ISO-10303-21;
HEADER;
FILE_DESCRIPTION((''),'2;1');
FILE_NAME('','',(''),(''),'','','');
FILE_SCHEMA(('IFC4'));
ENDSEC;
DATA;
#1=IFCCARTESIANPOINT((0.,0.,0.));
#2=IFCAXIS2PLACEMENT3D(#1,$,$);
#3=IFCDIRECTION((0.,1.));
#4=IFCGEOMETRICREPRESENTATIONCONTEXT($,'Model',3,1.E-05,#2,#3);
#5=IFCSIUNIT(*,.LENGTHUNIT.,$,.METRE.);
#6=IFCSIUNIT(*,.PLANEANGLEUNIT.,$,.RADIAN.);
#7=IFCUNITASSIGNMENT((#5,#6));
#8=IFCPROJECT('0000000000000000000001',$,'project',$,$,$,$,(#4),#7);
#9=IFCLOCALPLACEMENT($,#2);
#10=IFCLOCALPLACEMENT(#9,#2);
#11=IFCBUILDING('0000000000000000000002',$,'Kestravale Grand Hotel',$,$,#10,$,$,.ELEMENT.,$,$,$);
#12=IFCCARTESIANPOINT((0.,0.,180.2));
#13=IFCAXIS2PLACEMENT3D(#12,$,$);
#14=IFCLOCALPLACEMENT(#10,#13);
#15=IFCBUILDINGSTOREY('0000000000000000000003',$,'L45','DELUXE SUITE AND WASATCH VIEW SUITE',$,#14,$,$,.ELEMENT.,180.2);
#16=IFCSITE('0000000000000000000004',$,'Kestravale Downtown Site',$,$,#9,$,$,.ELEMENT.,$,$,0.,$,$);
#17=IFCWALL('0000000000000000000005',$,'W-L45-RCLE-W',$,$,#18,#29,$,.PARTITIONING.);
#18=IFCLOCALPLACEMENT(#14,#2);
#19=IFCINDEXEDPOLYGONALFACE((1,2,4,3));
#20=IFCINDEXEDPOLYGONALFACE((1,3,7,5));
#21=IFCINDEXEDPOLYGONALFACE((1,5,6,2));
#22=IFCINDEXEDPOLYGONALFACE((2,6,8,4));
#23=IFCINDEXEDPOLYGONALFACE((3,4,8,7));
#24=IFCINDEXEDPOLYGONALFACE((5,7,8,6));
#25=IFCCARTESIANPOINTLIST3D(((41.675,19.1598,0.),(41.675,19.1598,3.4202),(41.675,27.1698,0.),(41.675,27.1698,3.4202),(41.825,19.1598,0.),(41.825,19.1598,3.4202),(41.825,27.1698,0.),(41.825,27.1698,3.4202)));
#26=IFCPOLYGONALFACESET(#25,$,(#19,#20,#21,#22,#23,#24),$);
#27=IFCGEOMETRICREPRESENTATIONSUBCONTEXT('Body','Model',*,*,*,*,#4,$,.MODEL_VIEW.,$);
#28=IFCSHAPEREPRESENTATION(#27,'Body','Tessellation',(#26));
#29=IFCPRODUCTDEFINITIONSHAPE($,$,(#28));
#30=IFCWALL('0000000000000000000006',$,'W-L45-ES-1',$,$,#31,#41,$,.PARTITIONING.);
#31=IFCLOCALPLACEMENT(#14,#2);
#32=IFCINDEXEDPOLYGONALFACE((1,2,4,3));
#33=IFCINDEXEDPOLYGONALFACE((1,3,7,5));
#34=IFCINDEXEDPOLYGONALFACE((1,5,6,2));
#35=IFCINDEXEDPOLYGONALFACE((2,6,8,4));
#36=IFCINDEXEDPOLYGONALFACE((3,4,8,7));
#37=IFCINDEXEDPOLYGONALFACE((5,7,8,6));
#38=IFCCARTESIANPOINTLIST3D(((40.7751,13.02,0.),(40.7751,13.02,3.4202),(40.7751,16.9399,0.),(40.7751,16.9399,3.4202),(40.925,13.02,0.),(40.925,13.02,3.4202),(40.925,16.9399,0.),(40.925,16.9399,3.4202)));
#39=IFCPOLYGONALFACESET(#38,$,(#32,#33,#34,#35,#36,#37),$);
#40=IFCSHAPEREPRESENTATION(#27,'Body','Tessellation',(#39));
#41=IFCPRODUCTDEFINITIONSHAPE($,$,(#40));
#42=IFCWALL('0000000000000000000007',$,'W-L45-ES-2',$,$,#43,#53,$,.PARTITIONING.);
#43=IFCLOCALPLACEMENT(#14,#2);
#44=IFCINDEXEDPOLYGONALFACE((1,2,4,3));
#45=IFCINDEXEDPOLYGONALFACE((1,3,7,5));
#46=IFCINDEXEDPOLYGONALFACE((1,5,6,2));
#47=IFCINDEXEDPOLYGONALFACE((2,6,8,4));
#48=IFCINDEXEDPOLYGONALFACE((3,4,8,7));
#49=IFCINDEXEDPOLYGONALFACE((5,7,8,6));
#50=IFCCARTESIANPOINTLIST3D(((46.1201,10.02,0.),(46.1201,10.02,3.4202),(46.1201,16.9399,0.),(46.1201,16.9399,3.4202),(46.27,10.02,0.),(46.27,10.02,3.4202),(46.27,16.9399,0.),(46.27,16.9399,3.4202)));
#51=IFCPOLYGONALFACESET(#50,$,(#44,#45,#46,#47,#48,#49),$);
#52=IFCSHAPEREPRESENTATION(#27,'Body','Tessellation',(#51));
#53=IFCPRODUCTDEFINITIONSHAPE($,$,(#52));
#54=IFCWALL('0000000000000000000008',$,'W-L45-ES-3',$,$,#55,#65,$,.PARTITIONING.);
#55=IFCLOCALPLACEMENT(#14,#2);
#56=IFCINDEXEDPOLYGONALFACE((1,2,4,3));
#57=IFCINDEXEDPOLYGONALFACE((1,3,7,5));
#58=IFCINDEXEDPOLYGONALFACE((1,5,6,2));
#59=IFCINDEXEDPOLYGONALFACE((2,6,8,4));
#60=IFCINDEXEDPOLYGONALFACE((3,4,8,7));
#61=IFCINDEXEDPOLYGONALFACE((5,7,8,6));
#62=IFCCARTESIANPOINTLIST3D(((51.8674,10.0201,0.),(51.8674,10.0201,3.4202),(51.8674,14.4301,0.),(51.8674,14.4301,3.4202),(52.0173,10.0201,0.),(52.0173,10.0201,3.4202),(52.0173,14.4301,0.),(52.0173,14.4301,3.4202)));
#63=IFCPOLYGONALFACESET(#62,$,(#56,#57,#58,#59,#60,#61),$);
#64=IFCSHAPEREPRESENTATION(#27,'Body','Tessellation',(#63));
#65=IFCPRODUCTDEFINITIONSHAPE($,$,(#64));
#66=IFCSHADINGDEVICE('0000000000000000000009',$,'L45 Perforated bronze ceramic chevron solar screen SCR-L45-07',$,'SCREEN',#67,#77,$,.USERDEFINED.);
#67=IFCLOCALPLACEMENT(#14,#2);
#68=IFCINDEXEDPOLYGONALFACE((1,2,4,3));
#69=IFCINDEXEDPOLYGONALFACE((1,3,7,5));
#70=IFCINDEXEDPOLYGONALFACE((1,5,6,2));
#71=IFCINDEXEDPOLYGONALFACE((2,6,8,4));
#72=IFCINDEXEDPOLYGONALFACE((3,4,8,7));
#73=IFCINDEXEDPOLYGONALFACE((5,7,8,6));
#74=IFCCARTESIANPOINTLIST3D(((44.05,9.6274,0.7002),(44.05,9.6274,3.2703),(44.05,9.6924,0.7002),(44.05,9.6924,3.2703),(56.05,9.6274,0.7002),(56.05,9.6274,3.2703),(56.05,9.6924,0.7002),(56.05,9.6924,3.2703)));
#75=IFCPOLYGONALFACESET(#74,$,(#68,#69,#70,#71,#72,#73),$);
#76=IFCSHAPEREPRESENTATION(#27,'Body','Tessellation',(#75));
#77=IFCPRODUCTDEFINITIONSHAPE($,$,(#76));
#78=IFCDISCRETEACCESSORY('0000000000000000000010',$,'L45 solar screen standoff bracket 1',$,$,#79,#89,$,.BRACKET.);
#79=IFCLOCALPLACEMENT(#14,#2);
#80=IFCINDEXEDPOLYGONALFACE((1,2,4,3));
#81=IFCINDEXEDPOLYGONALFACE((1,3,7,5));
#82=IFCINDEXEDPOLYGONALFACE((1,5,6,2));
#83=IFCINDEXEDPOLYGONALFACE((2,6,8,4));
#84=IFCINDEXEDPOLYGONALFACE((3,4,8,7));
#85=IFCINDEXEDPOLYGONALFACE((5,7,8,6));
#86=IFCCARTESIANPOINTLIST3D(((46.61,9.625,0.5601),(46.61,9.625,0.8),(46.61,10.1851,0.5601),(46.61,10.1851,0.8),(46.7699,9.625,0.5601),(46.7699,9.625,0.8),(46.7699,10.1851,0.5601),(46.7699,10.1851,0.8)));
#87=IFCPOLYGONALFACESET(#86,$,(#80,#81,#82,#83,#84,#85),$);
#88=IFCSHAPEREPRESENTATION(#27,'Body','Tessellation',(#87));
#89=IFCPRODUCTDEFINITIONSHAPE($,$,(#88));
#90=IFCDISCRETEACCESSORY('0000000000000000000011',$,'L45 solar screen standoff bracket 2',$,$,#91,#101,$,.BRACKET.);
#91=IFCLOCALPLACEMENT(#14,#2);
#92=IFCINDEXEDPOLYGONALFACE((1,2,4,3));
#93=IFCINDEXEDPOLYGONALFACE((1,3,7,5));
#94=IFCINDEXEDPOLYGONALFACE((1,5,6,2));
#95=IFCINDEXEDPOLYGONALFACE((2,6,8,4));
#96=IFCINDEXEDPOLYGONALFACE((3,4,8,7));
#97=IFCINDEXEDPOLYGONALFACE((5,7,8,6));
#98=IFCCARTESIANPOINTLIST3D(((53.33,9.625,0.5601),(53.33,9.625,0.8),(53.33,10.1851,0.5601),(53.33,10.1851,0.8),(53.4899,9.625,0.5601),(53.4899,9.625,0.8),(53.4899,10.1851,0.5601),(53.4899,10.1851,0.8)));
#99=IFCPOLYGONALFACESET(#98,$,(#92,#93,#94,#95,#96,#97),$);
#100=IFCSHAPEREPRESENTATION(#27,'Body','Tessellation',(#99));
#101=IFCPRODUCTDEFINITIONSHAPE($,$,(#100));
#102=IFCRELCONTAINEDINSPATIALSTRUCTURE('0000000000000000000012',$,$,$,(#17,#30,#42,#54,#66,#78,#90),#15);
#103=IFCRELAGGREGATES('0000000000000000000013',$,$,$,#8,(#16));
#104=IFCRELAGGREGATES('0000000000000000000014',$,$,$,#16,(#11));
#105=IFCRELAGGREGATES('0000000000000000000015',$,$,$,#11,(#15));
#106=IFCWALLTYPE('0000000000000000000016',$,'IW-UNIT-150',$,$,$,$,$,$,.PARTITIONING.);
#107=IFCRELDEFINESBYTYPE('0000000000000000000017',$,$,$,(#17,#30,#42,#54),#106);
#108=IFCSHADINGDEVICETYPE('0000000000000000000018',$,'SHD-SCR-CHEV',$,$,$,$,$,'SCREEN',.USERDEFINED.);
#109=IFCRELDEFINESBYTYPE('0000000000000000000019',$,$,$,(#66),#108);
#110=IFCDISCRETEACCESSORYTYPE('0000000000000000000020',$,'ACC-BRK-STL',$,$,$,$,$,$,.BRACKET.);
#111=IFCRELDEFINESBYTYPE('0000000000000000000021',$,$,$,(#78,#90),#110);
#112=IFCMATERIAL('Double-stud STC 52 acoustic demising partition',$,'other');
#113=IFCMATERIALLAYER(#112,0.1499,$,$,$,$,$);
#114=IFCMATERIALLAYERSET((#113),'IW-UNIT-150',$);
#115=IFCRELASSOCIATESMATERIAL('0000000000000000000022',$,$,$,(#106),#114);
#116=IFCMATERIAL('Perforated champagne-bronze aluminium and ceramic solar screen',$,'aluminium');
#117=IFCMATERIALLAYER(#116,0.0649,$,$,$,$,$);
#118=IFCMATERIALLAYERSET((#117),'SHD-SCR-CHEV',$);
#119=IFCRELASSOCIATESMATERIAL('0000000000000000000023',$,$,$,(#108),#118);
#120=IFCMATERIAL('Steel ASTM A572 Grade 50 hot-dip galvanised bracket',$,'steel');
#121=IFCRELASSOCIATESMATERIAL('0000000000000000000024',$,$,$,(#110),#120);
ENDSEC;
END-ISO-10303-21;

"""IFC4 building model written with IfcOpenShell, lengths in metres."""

from ifc_helpers import new_model, si_unit, direction, frame, frame_2d, origin, origin_2d, place, context, subcontext, project, spatial, rectangle, extrude, material, layer, layer_set, type_object, element, save


model = new_model("IFC4")

# Units and contexts
model_context = context("Model", 3, precision=1e-05, world=origin(), true_north=direction((0.0, 1.0)))
body_context = subcontext(model_context, "Body", "Model", "MODEL_VIEW")
ifc_project = project(units=[si_unit("LENGTHUNIT", "METRE"), si_unit("PLANEANGLEUNIT", "RADIAN")], contexts=[model_context])

# Site, building, storey
site_placement = place(None, origin())
site = spatial("IfcSite", under=ifc_project, at=site_placement, Name="Kestravale Downtown Site", CompositionType="ELEMENT", RefElevation=0.0)
building_placement = place(site_placement, origin())
building = spatial("IfcBuilding", under=site, at=building_placement, Name="Kestravale Grand Hotel", CompositionType="ELEMENT")
storey_placement = place(building_placement, frame((0.0, 0.0, 180.2)))
storey = spatial("IfcBuildingStorey", under=building, at=storey_placement, Name="L45", Description="DELUXE SUITE AND WASATCH VIEW SUITE", CompositionType="ELEMENT", Elevation=180.2)

# Walls
ifc_material_1 = material(Name="Double-stud STC 52 acoustic demising partition", Category="other")
ifc_layer_1 = layer(ifc_material_1, 0.1499)
ifc_layer_set_1 = layer_set([ifc_layer_1], Name="IW-UNIT-150")
wall_type_1 = type_object("IfcWallType", Name="IW-UNIT-150", PredefinedType="PARTITIONING", material=ifc_layer_set_1)
wall_1_placement = place(storey_placement, frame((41.75, 19.1599, 0.0), z_axis=(0.0, 0.0, 1.0), x_axis=(0.0, 1.0, 0.0)))
element("IfcWall", 1, at=wall_1_placement, inside=storey, type_object=wall_type_1, Name="W-L45-RCLE-W", PredefinedType="PARTITIONING", context=body_context, shape_type="SweptSolid", body=[
    extrude(rectangle(XDim=8.01, YDim=0.1499, at=frame_2d((4.0049, 0.0))), origin(), (0.0, 0.0, 1.0), 3.4202),
])
wall_2_placement = place(storey_placement, frame((40.8501, 13.02, 0.0), z_axis=(0.0, 0.0, 1.0), x_axis=(0.0, 1.0, 0.0)))
element("IfcWall", 2, at=wall_2_placement, inside=storey, type_object=wall_type_1, Name="W-L45-ES-1", PredefinedType="PARTITIONING", context=body_context, shape_type="SweptSolid", body=[
    extrude(rectangle(XDim=3.9199, YDim=0.1499, at=frame_2d((1.96, 0.0))), origin(), (0.0, 0.0, 1.0), 3.4202),
])
wall_3_placement = place(storey_placement, frame((46.1951, 10.02, 0.0), z_axis=(0.0, 0.0, 1.0), x_axis=(0.0, 1.0, 0.0)))
element("IfcWall", 3, at=wall_3_placement, inside=storey, type_object=wall_type_1, Name="W-L45-ES-2", PredefinedType="PARTITIONING", context=body_context, shape_type="SweptSolid", body=[
    extrude(rectangle(XDim=6.9199, YDim=0.1499, at=frame_2d((3.46, 0.0))), origin(), (0.0, 0.0, 1.0), 3.4202),
])
wall_4_placement = place(storey_placement, frame((51.9424, 10.02, 0.0), z_axis=(0.0, 0.0, 1.0), x_axis=(0.0, 1.0, 0.0)))
element("IfcWall", 4, at=wall_4_placement, inside=storey, type_object=wall_type_1, Name="W-L45-ES-3", PredefinedType="PARTITIONING", context=body_context, shape_type="SweptSolid", body=[
    extrude(rectangle(XDim=4.4099, YDim=0.1499, at=frame_2d((2.2051, 0.0))), origin(), (0.0, 0.0, 1.0), 3.4202),
])

# Shading device
ifc_material_2 = material(Name="Perforated champagne-bronze aluminium and ceramic solar screen", Category="aluminium")
ifc_layer_2 = layer(ifc_material_2, 0.0649)
ifc_layer_set_2 = layer_set([ifc_layer_2], Name="SHD-SCR-CHEV")
shading_device_type = type_object("IfcShadingDeviceType", Name="SHD-SCR-CHEV", ElementType="SCREEN", PredefinedType="USERDEFINED", material=ifc_layer_set_2)
shading_device_placement = place(storey_placement, frame((50.05, 9.6599, 0.7002), z_axis=(0.0, 0.0, 1.0), x_axis=(1.0, 0.0, 0.0)))
element("IfcShadingDevice", 5, at=shading_device_placement, inside=storey, type_object=shading_device_type, Name="L45 Perforated bronze ceramic chevron solar screen SCR-L45-07", ObjectType="SCREEN", PredefinedType="USERDEFINED", context=body_context, shape_type="SweptSolid", body=[
    extrude(rectangle(XDim=12.0, YDim=0.0649, at=origin_2d()), origin(), (0.0, 0.0, 1.0), 2.5701),
])

# Discrete accessories
ifc_material_3 = material(Name="Steel ASTM A572 Grade 50 hot-dip galvanised bracket", Category="steel")
discrete_accessory_type = type_object("IfcDiscreteAccessoryType", Name="ACC-BRK-STL", PredefinedType="BRACKET", material=ifc_material_3)
for number, where, z_axis, x_axis, name in (
    (6, (46.6899, 9.905, 0.5601), (0.0, 0.0, 1.0), (1.0, 0.0, 0.0), "L45 solar screen standoff bracket 1"),
    (7, (53.4099, 9.905, 0.5601), (0.0, 0.0, 1.0), (1.0, 0.0, 0.0), "L45 solar screen standoff bracket 2"),
):
    element("IfcDiscreteAccessory", number, at=place(storey_placement, frame(where, z_axis=z_axis, x_axis=x_axis)), inside=storey, type_object=discrete_accessory_type, Name=name, PredefinedType="BRACKET", context=body_context, shape_type="SweptSolid", body=[
        extrude(rectangle(XDim=0.1599, YDim=0.5601, at=origin_2d()), origin(), (0.0, 0.0, 1.0), 0.24),
    ])

save(model, "model.ifc")
